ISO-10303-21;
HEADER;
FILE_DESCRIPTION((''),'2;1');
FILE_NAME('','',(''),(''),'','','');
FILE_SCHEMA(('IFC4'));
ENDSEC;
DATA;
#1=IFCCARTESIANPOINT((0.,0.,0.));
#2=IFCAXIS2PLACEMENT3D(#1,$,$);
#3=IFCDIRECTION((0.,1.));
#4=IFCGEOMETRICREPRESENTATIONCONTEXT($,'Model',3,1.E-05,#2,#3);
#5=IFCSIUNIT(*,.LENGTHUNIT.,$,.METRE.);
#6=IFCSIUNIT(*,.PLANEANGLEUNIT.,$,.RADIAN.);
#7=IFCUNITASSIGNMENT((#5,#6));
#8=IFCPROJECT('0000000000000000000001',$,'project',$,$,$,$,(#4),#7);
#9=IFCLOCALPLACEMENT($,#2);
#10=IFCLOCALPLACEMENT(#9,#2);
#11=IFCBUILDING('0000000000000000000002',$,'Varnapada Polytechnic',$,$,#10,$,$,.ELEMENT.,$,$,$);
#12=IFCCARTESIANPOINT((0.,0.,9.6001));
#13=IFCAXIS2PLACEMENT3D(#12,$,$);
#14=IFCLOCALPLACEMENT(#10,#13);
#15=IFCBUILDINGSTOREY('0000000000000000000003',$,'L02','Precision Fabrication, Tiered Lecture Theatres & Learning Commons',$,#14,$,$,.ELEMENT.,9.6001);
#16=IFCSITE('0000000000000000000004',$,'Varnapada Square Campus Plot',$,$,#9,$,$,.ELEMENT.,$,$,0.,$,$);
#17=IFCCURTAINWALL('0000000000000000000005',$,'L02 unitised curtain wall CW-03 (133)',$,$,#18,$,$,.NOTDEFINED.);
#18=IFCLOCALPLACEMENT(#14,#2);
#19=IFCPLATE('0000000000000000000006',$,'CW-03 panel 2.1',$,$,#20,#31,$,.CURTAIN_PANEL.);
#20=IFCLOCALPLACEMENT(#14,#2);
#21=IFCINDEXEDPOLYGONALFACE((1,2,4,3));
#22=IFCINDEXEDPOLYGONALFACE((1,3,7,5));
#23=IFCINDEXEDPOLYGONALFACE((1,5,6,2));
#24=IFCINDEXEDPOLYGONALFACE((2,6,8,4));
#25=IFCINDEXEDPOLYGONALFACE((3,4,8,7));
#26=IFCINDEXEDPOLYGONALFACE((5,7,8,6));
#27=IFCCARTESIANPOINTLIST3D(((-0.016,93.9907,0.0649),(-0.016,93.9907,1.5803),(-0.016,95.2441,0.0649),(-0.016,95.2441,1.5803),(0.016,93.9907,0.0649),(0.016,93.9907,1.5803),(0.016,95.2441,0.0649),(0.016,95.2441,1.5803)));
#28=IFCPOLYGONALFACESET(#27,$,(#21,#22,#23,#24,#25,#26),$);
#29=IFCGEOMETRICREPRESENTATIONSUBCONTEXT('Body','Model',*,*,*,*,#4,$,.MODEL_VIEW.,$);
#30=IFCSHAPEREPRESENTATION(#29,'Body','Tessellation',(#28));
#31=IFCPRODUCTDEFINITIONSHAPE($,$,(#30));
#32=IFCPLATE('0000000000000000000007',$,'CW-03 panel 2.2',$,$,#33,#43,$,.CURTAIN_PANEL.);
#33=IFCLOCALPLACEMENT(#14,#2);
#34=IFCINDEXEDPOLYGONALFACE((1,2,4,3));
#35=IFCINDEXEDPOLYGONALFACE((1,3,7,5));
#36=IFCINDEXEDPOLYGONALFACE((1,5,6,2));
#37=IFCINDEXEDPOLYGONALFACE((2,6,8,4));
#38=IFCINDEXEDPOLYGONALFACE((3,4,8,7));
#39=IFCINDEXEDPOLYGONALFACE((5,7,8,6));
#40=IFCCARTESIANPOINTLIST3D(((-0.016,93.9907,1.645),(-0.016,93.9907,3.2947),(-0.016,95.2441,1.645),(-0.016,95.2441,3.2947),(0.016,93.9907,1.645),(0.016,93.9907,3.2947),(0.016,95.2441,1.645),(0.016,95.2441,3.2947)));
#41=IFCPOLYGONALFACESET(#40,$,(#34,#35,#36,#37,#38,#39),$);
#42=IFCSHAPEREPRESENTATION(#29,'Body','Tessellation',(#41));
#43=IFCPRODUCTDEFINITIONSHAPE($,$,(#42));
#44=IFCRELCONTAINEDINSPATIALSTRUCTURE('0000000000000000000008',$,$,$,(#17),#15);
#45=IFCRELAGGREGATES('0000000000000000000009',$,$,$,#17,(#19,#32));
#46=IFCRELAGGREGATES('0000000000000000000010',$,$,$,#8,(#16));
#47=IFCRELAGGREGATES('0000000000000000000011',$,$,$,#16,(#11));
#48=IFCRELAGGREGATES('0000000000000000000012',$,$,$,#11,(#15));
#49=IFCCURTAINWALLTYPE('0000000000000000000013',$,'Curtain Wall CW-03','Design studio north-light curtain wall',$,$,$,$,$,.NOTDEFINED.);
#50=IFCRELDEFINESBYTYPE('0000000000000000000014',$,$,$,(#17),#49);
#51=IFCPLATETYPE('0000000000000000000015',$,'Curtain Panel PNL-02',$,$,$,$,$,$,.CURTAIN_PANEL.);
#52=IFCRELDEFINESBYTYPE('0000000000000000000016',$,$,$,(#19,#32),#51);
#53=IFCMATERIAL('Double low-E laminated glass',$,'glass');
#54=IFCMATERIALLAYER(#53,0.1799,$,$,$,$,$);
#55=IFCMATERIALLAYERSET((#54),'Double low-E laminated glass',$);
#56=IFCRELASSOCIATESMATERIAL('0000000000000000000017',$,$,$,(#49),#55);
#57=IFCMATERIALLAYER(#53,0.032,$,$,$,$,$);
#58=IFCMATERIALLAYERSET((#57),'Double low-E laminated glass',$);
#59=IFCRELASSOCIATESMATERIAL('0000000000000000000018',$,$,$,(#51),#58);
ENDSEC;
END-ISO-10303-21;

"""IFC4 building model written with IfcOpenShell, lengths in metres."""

from ifc_helpers import new_model, si_unit, direction, frame, origin, origin_2d, place, context, subcontext, project, spatial, rectangle, extrude, material, layer, layer_set, type_object, element, aggregate, save


model = new_model("IFC4")

# Units and contexts
model_context = context("Model", 3, precision=1e-05, world=origin(), true_north=direction((0.0, 1.0)))
body_context = subcontext(model_context, "Body", "Model", "MODEL_VIEW")
ifc_project = project(units=[si_unit("LENGTHUNIT", "METRE"), si_unit("PLANEANGLEUNIT", "RADIAN")], contexts=[model_context])

# Site, building, storey
site_placement = place(None, origin())
site = spatial("IfcSite", under=ifc_project, at=site_placement, Name="Varnapada Square Campus Plot", CompositionType="ELEMENT", RefElevation=0.0)
building_placement = place(site_placement, origin())
building = spatial("IfcBuilding", under=site, at=building_placement, Name="Varnapada Polytechnic", CompositionType="ELEMENT")
storey_placement = place(building_placement, frame((0.0, 0.0, 9.6001)))
storey = spatial("IfcBuildingStorey", under=building, at=storey_placement, Name="L02", Description="Precision Fabrication, Tiered Lecture Theatres & Learning Commons", CompositionType="ELEMENT", Elevation=9.6001)

# Shared definitions
ifc_material_1 = material(Name="Double low-E laminated glass", Category="glass")
ifc_layer_1 = layer(ifc_material_1, 0.1799)
ifc_layer_set_1 = layer_set([ifc_layer_1], Name="Double low-E laminated glass")
curtain_wall_type = type_object("IfcCurtainWallType", Name="Curtain Wall CW-03", Description="Design studio north-light curtain wall", PredefinedType="NOTDEFINED", material=ifc_layer_set_1)

# Curtain wall
curtain_wall_1_placement = place(storey_placement, origin())
curtain_wall_1 = element("IfcCurtainWall", 1, at=curtain_wall_1_placement, inside=storey, type_object=curtain_wall_type, Name="L02 unitised curtain wall CW-03 (133)", PredefinedType="NOTDEFINED")

# Plates
ifc_layer_2 = layer(ifc_material_1, 0.032)
ifc_layer_set_2 = layer_set([ifc_layer_2], Name="Double low-E laminated glass")
plate_type = type_object("IfcPlateType", Name="Curtain Panel PNL-02", PredefinedType="CURTAIN_PANEL", material=ifc_layer_set_2)
plate_1_placement = place(storey_placement, frame((0.0, 94.6174, 0.0649), z_axis=(0.0, 0.0, 1.0), x_axis=(0.0, 1.0, 0.0)))
plate_1 = element("IfcPlate", 2, at=plate_1_placement, type_object=plate_type, Name="CW-03 panel 2.1", PredefinedType="CURTAIN_PANEL", context=body_context, shape_type="SweptSolid", body=[
    extrude(rectangle(XDim=1.2534, YDim=0.032, at=origin_2d()), origin(), (0.0, 0.0, 1.0), 1.5154),
])
plate_2_placement = place(storey_placement, frame((0.0, 94.6174, 1.645), z_axis=(0.0, 0.0, 1.0), x_axis=(0.0, 1.0, 0.0)))
plate_2 = element("IfcPlate", 3, at=plate_2_placement, type_object=plate_type, Name="CW-03 panel 2.2", PredefinedType="CURTAIN_PANEL", context=body_context, shape_type="SweptSolid", body=[
    extrude(rectangle(XDim=1.2534, YDim=0.032, at=origin_2d()), origin(), (0.0, 0.0, 1.0), 1.6497),
])
aggregate(curtain_wall_1, [plate_1, plate_2])

save(model, "model.ifc")
